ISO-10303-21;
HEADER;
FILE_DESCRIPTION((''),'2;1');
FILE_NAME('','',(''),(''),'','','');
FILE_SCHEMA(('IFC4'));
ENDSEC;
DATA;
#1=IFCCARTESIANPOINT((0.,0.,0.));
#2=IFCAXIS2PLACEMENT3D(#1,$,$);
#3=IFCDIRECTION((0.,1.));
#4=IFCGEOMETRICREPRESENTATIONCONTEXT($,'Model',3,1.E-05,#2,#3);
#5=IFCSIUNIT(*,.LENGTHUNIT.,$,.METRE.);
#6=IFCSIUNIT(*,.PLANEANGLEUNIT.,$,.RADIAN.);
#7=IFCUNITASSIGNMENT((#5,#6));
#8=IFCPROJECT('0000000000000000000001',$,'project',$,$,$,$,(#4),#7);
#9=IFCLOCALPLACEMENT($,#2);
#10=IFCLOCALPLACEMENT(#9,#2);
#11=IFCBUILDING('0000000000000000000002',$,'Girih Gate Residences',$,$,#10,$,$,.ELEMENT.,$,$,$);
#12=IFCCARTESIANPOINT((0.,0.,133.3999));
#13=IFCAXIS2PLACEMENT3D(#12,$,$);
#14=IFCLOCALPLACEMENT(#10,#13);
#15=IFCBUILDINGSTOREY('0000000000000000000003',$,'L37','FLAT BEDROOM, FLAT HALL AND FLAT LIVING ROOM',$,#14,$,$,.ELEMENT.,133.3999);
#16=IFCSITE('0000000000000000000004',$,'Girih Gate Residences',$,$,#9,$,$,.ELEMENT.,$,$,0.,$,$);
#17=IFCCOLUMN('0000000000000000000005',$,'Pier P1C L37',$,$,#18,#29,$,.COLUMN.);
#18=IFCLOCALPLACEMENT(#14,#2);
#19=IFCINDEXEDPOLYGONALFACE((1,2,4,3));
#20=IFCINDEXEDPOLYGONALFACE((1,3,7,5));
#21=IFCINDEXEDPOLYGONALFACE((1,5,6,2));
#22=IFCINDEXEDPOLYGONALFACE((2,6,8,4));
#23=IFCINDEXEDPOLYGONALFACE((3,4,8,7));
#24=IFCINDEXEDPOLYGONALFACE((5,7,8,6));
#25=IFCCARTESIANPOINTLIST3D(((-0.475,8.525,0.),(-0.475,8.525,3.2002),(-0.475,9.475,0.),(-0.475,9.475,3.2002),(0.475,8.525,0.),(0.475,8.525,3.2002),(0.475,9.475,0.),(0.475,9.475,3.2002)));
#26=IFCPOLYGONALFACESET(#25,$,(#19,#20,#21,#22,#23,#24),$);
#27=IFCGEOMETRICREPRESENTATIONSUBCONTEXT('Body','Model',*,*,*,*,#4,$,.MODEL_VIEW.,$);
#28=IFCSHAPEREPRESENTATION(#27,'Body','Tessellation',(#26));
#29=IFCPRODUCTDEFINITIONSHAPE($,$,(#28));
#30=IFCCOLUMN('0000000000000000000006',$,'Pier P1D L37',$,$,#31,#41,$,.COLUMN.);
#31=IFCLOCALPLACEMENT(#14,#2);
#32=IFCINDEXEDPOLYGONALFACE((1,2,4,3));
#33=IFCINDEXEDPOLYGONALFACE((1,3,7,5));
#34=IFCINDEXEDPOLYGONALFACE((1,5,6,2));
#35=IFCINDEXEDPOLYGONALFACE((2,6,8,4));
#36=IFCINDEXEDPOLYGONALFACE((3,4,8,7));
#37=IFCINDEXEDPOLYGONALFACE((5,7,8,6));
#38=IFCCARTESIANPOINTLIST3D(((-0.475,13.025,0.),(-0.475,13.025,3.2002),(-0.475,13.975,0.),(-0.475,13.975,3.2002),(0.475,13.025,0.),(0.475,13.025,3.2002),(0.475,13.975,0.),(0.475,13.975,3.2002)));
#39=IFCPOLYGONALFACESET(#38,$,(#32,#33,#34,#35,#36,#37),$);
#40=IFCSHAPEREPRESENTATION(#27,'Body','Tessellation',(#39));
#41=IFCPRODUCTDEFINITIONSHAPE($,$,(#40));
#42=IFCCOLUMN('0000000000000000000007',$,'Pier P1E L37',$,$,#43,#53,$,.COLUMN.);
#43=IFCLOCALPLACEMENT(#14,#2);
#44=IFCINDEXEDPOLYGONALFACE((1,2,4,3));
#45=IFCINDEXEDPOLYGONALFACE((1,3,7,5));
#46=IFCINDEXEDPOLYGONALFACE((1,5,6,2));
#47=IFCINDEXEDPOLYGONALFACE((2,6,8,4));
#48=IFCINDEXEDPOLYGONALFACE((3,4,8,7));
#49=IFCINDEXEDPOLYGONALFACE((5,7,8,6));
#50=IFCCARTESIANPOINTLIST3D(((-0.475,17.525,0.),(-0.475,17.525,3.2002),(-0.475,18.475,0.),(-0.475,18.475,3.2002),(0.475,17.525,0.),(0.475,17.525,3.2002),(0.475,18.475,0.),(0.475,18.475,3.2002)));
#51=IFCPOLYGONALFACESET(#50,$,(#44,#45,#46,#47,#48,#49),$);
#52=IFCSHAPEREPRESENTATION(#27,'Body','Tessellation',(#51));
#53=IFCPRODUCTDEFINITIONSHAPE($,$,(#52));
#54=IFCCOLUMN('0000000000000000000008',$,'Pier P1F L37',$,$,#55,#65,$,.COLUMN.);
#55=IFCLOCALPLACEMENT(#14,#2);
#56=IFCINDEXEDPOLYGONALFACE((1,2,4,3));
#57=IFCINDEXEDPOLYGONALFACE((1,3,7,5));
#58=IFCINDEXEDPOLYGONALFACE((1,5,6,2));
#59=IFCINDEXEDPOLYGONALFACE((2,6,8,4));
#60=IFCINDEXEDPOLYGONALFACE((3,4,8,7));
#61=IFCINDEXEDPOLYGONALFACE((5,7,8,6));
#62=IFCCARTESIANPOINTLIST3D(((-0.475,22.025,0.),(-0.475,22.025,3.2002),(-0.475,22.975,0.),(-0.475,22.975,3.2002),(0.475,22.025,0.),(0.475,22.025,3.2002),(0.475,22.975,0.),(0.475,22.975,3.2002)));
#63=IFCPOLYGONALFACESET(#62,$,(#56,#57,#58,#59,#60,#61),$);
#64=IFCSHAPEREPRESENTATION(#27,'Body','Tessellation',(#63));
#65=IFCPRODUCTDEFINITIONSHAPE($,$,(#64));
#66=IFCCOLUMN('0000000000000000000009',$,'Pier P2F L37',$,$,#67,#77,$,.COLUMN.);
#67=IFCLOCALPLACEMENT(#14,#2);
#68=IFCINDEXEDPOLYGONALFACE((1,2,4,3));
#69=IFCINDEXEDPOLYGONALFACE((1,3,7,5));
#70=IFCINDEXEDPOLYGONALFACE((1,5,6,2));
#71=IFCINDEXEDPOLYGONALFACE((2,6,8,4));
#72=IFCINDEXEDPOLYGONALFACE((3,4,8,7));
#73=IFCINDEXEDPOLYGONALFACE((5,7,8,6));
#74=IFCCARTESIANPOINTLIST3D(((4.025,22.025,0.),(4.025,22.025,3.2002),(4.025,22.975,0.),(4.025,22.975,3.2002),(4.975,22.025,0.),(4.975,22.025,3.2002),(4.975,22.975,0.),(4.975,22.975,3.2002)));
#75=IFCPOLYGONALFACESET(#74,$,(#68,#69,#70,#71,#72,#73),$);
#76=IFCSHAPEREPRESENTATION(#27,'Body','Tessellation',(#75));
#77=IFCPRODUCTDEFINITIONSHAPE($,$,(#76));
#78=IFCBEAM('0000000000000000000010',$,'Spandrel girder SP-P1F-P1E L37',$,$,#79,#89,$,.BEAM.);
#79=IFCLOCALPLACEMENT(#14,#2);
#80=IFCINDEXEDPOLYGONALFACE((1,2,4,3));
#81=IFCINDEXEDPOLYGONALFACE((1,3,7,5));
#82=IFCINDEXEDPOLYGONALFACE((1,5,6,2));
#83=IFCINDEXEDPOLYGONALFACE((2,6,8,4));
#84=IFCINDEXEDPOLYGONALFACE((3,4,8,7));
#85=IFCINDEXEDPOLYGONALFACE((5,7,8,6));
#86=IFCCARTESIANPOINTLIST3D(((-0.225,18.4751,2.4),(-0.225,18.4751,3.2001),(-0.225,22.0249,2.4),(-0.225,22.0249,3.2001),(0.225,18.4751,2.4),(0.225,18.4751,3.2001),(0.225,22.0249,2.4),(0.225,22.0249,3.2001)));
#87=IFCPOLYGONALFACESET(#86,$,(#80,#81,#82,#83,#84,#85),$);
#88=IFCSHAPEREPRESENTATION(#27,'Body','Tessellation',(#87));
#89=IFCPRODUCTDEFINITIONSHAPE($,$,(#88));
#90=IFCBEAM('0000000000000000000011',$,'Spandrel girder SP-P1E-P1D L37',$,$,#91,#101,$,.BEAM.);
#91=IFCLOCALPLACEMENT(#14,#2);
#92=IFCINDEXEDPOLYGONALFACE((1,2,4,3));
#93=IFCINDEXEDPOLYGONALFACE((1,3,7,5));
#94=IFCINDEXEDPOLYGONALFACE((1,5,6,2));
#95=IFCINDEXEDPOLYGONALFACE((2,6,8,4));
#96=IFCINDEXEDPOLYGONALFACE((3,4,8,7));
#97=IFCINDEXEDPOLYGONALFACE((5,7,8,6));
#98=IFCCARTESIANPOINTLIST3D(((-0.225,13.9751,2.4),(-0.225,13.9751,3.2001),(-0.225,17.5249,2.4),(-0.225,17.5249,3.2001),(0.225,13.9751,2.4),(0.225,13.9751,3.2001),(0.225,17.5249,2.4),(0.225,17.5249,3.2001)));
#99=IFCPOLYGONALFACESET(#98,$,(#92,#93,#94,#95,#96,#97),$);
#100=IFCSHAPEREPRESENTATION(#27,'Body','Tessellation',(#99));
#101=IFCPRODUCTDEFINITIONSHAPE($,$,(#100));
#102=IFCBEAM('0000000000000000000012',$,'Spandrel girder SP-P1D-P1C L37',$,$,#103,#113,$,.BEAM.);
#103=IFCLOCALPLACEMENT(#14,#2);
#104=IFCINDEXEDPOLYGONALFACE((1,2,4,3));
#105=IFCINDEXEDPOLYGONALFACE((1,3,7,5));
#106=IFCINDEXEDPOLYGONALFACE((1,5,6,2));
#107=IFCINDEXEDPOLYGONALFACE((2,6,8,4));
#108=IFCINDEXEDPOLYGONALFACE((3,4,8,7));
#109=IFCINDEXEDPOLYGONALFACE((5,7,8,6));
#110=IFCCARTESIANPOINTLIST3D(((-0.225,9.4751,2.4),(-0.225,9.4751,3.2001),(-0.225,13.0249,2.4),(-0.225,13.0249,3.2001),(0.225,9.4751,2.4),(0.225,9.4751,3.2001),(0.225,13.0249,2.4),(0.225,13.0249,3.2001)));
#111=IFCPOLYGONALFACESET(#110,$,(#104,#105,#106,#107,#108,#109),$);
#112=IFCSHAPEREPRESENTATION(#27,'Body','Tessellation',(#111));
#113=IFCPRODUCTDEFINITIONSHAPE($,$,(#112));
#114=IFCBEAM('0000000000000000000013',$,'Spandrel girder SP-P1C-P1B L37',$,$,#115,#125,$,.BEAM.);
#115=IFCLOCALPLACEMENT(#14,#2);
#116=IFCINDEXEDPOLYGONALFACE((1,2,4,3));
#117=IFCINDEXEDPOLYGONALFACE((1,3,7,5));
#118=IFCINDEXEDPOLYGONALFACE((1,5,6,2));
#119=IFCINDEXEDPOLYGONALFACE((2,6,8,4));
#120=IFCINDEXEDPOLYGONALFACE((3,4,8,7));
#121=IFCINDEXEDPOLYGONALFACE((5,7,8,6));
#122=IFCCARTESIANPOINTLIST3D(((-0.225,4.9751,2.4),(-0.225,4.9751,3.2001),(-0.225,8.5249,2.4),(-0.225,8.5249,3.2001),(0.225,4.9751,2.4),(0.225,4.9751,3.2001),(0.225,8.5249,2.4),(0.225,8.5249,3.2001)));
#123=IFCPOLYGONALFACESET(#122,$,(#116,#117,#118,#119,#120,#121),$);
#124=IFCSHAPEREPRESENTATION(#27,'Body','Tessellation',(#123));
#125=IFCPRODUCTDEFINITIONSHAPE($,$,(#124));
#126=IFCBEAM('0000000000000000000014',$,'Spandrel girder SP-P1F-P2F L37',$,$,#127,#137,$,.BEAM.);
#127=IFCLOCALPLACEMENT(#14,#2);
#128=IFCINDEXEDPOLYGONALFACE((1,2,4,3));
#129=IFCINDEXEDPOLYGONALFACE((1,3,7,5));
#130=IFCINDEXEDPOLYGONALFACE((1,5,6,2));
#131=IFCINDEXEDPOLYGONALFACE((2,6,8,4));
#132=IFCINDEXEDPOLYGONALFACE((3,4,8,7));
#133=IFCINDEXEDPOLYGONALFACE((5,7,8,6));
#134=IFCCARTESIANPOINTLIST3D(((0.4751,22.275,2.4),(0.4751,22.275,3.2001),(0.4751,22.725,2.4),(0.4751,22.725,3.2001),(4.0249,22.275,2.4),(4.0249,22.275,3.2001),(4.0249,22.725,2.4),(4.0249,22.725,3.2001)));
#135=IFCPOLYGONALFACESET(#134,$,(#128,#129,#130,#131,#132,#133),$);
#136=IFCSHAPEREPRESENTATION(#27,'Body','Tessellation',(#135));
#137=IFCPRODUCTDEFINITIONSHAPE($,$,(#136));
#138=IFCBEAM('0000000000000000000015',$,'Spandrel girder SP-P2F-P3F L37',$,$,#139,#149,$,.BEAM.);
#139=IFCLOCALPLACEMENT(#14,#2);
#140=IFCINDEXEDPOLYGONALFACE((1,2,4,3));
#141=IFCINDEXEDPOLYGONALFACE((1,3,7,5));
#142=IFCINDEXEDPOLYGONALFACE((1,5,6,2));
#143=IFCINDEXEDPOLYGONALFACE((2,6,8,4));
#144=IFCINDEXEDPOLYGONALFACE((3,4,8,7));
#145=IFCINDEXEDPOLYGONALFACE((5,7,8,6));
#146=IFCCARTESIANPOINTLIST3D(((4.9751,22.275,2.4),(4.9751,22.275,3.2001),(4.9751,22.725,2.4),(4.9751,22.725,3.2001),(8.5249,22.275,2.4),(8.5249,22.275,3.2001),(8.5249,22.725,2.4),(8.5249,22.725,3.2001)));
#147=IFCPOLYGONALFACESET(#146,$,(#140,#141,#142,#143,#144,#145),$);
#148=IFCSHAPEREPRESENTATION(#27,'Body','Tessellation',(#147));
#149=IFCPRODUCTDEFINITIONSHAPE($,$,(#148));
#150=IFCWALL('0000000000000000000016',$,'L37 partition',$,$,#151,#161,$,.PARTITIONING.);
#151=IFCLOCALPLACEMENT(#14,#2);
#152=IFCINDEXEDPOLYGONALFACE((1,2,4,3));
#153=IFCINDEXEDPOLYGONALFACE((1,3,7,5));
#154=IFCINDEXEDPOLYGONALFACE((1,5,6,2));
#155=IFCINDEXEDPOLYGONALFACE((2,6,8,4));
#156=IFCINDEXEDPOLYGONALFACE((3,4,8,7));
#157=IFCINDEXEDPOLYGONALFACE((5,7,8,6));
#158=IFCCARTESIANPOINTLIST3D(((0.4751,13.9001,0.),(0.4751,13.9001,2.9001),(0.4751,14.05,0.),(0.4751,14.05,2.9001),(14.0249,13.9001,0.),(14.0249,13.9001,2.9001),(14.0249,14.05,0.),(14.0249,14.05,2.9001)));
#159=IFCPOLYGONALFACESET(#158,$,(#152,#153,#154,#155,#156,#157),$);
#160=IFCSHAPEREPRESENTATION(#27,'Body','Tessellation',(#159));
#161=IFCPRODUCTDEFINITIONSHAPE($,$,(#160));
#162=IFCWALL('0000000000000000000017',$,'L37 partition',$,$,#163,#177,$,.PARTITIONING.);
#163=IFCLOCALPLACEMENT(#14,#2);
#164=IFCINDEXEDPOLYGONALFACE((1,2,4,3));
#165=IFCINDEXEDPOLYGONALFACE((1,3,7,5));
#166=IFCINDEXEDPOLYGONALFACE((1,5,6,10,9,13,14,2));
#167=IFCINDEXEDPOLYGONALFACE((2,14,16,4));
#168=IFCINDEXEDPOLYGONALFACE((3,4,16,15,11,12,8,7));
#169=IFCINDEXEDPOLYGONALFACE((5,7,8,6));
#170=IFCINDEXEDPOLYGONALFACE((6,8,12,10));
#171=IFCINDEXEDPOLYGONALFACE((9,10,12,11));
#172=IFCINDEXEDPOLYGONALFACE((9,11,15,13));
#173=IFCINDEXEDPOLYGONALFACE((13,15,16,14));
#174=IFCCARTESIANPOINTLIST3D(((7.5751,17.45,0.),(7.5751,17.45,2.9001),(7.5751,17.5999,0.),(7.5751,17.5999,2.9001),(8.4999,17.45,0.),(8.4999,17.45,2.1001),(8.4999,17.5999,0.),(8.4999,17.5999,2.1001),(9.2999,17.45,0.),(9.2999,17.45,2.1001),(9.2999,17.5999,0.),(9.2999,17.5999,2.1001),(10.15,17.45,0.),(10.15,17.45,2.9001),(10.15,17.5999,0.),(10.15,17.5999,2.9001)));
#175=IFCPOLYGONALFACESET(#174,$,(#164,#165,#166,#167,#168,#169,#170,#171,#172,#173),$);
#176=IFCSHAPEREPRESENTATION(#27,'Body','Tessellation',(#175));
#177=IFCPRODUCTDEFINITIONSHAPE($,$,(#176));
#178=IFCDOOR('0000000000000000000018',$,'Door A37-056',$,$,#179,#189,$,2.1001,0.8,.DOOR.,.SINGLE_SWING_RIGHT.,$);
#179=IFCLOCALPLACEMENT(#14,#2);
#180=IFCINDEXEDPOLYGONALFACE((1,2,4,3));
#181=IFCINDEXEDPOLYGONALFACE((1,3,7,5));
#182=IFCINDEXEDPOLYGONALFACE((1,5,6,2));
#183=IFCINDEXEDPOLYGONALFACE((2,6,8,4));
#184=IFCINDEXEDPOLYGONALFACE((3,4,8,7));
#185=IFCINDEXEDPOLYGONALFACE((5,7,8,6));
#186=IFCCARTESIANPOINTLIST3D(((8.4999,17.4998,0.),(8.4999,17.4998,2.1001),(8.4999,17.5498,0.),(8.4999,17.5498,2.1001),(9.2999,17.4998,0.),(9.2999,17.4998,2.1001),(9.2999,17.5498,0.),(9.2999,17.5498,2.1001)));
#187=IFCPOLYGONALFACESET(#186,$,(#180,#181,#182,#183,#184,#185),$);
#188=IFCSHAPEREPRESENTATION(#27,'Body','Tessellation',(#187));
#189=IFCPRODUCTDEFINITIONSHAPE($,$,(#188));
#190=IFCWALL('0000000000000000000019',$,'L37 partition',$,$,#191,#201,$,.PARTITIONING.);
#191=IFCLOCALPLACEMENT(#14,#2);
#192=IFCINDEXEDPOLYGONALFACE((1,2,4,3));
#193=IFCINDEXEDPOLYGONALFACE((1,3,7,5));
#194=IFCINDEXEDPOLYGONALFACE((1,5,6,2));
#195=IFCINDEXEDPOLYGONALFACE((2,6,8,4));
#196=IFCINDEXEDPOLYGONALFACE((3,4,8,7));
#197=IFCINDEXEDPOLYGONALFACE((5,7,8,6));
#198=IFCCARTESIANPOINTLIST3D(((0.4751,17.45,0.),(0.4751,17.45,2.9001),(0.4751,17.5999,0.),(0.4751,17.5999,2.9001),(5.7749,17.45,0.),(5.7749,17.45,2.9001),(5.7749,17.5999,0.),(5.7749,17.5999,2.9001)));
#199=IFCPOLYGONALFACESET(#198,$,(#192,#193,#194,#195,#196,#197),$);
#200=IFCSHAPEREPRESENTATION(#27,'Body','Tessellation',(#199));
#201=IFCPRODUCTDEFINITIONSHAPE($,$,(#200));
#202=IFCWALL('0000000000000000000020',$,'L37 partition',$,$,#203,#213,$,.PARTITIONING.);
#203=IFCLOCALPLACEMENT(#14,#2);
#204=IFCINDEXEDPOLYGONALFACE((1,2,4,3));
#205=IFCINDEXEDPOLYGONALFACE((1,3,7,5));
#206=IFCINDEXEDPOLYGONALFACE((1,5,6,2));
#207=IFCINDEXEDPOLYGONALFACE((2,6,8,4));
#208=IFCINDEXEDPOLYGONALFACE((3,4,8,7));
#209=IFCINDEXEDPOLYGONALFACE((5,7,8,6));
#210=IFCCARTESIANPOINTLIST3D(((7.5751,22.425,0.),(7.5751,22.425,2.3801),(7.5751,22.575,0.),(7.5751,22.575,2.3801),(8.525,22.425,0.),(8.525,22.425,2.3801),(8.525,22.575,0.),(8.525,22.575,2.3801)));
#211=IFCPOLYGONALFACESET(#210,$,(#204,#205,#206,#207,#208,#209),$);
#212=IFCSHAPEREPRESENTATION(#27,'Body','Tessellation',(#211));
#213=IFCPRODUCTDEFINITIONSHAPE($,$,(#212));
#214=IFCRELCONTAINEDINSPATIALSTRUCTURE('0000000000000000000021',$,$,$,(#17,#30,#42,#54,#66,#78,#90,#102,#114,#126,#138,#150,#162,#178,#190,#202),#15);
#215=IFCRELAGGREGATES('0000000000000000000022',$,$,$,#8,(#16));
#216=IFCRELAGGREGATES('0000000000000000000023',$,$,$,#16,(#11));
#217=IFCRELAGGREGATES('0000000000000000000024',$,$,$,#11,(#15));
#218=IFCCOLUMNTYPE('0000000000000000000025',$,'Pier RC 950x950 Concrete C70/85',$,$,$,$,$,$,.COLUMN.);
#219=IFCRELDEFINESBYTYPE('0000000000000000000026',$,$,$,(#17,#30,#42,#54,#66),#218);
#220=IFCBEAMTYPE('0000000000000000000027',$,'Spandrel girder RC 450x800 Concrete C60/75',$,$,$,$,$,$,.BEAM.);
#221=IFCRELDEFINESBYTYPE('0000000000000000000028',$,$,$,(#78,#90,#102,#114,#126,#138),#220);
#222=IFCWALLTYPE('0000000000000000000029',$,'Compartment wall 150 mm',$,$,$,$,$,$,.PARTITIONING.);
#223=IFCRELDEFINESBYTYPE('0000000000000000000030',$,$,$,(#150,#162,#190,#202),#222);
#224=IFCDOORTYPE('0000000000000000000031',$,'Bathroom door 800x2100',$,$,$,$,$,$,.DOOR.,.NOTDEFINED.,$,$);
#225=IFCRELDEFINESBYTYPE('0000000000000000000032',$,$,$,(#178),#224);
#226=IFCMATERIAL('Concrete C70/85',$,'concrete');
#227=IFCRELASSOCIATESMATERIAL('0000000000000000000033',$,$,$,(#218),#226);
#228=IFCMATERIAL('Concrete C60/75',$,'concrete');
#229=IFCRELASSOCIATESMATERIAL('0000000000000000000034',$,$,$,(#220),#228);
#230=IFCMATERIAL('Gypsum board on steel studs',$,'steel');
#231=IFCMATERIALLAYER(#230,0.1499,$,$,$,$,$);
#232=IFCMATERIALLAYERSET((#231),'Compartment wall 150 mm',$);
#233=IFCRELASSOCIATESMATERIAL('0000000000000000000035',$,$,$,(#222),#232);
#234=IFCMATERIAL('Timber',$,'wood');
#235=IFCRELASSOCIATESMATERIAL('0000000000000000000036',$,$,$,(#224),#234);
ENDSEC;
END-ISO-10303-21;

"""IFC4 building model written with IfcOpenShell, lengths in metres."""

from ifc_helpers import new_model, si_unit, direction, frame, frame_2d, origin, origin_2d, place, context, subcontext, project, spatial, rectangle, extrude, material, layer, layer_set, material_profile, profile_set, type_object, element, fill, save


model = new_model("IFC4")

# Units and contexts
model_context = context("Model", 3, precision=1e-05, world=origin(), true_north=direction((0.0, 1.0)))
body_context = subcontext(model_context, "Body", "Model", "MODEL_VIEW")
ifc_project = project(units=[si_unit("LENGTHUNIT", "METRE"), si_unit("PLANEANGLEUNIT", "RADIAN")], contexts=[model_context])

# Site, building, storey
site_placement = place(None, origin())
site = spatial("IfcSite", under=ifc_project, at=site_placement, Name="Girih Gate Residences", CompositionType="ELEMENT", RefElevation=0.0)
building_placement = place(site_placement, origin())
building = spatial("IfcBuilding", under=site, at=building_placement, Name="Girih Gate Residences", CompositionType="ELEMENT")
storey_placement = place(building_placement, frame((0.0, 0.0, 133.3999)))
storey = spatial("IfcBuildingStorey", under=building, at=storey_placement, Name="L37", Description="FLAT BEDROOM, FLAT HALL AND FLAT LIVING ROOM", CompositionType="ELEMENT", Elevation=133.3999)

# Columns
ifc_material_1 = material(Name="Concrete C70/85", Category="concrete")
ifc_material_profile_1 = material_profile(ifc_material_1, rectangle(XDim=0.95, YDim=0.95, at=origin_2d()))
ifc_profile_set_1 = profile_set([ifc_material_profile_1], Name="Concrete C70/85")
column_type = type_object("IfcColumnType", Name="Pier RC 950x950 Concrete C70/85", PredefinedType="COLUMN", material=ifc_profile_set_1)
for number, where, z_axis, x_axis, name in (
    (1, (0.0, 9.0, 0.0), (0.0, 0.0, 1.0), (1.0, 0.0, 0.0), "Pier P1C L37"),
    (2, (0.0, 13.5, 0.0), (0.0, 0.0, 1.0), (1.0, 0.0, 0.0), "Pier P1D L37"),
    (3, (0.0, 18.0, 0.0), (0.0, 0.0, 1.0), (1.0, 0.0, 0.0), "Pier P1E L37"),
    (4, (0.0, 22.5, 0.0), (0.0, 0.0, 1.0), (1.0, 0.0, 0.0), "Pier P1F L37"),
    (5, (4.5, 22.5, 0.0), (0.0, 0.0, 1.0), (1.0, 0.0, 0.0), "Pier P2F L37"),
):
    element("IfcColumn", number, at=place(storey_placement, frame(where, z_axis=z_axis, x_axis=x_axis)), inside=storey, type_object=column_type, Name=name, PredefinedType="COLUMN", context=body_context, shape_type="SweptSolid", body=[
        extrude(rectangle(XDim=0.95, YDim=0.95, at=origin_2d()), origin(), (0.0, 0.0, 1.0), 3.2002),
    ])

# Beams
ifc_material_2 = material(Name="Concrete C60/75", Category="concrete")
ifc_material_profile_2 = material_profile(ifc_material_2, rectangle(XDim=0.45, YDim=0.8, at=origin_2d()))
ifc_profile_set_2 = profile_set([ifc_material_profile_2], Name="Concrete C60/75")
beam_type = type_object("IfcBeamType", Name="Spandrel girder RC 450x800 Concrete C60/75", PredefinedType="BEAM", material=ifc_profile_set_2)
for number, where, z_axis, x_axis, name in (
    (6, (0.0, 22.0249, 2.8), (0.0, -1.0, 0.0), (1.0, 0.0, 0.0), "Spandrel girder SP-P1F-P1E L37"),
    (7, (0.0, 17.5249, 2.8), (0.0, -1.0, 0.0), (1.0, 0.0, 0.0), "Spandrel girder SP-P1E-P1D L37"),
    (8, (0.0, 13.0249, 2.8), (0.0, -1.0, 0.0), (1.0, 0.0, 0.0), "Spandrel girder SP-P1D-P1C L37"),
    (9, (0.0, 8.5249, 2.8), (0.0, -1.0, 0.0), (1.0, 0.0, 0.0), "Spandrel girder SP-P1C-P1B L37"),
    (10, (0.4751, 22.5, 2.8), (1.0, 0.0, 0.0), (0.0, 1.0, 0.0), "Spandrel girder SP-P1F-P2F L37"),
    (11, (4.9751, 22.5, 2.8), (1.0, 0.0, 0.0), (0.0, 1.0, 0.0), "Spandrel girder SP-P2F-P3F L37"),
):
    element("IfcBeam", number, at=place(storey_placement, frame(where, z_axis=z_axis, x_axis=x_axis)), inside=storey, type_object=beam_type, Name=name, PredefinedType="BEAM", context=body_context, shape_type="SweptSolid", body=[
        extrude(rectangle(XDim=0.45, YDim=0.8, at=origin_2d()), origin(), (0.0, 0.0, 1.0), 3.5498),
    ])

# Wall
ifc_material_3 = material(Name="Gypsum board on steel studs", Category="steel")
ifc_layer_1 = layer(ifc_material_3, 0.1499)
ifc_layer_set_1 = layer_set([ifc_layer_1], Name="Compartment wall 150 mm")
wall_type_1 = type_object("IfcWallType", Name="Compartment wall 150 mm", PredefinedType="PARTITIONING", material=ifc_layer_set_1)
wall_1_placement = place(storey_placement, frame((0.4751, 13.9751, 0.0), z_axis=(0.0, 0.0, 1.0), x_axis=(1.0, 0.0, 0.0)))
element("IfcWall", 12, at=wall_1_placement, inside=storey, type_object=wall_type_1, Name="L37 partition", PredefinedType="PARTITIONING", context=body_context, shape_type="SweptSolid", body=[
    extrude(rectangle(XDim=13.5498, YDim=0.1499, at=frame_2d((6.7749, 0.0))), origin(), (0.0, 0.0, 1.0), 2.9001),
])

# Wall, opening, door
wall_2_placement = place(storey_placement, frame((7.575, 17.5249, 0.0), z_axis=(0.0, 0.0, 1.0), x_axis=(1.0, 0.0, 0.0)))
wall_2 = element("IfcWall", 13, at=wall_2_placement, inside=storey, type_object=wall_type_1, Name="L37 partition", PredefinedType="PARTITIONING", context=body_context, shape_type="SweptSolid", body=[
    extrude(rectangle(XDim=2.575, YDim=0.1499, at=frame_2d((1.2876, 0.0))), origin(), (0.0, 0.0, 1.0), 2.9001),
])
opening_1_placement = place(wall_2_placement, frame((0.925, 0.0, 0.0)))
opening_1 = element("IfcOpeningElement", 14, at=opening_1_placement, cuts=wall_2, PredefinedType="OPENING", context=body_context, shape_type="SweptSolid", body=[
    extrude(rectangle(XDim=0.8, YDim=2.1001, at=frame_2d((0.3999, 1.05))), frame((0.0, 0.085, 0.0), z_axis=(0.0, -1.0, 0.0), x_axis=(1.0, 0.0, 0.0)), (0.0, 0.0, 1.0), 0.1699),
])
ifc_material_4 = material(Name="Timber", Category="wood")
door_type_1 = type_object("IfcDoorType", Name="Bathroom door 800x2100", OperationType="NOTDEFINED", PredefinedType="DOOR", material=ifc_material_4)
door_1_placement = place(opening_1_placement, origin())
door_1 = element("IfcDoor", 15, at=door_1_placement, inside=storey, type_object=door_type_1, Name="Door A37-056", OperationType="SINGLE_SWING_RIGHT", OverallHeight=2.1001, OverallWidth=0.8, PredefinedType="DOOR", context=body_context, shape_type="SweptSolid", body=[
    extrude(rectangle(XDim=0.8, YDim=2.1001, at=frame_2d((0.3999, 1.05))), frame((0.0, 0.0249, 0.0), z_axis=(0.0, -1.0, 0.0), x_axis=(1.0, 0.0, 0.0)), (0.0, 0.0, 1.0), 0.05),
])
fill(opening_1, door_1)

# Walls
wall_3_placement = place(storey_placement, frame((0.4751, 17.5249, 0.0), z_axis=(0.0, 0.0, 1.0), x_axis=(1.0, 0.0, 0.0)))
element("IfcWall", 16, at=wall_3_placement, inside=storey, type_object=wall_type_1, Name="L37 partition", PredefinedType="PARTITIONING", context=body_context, shape_type="SweptSolid", body=[
    extrude(rectangle(XDim=5.2998, YDim=0.1499, at=frame_2d((2.6499, 0.0))), origin(), (0.0, 0.0, 1.0), 2.9001),
])
wall_4_placement = place(storey_placement, frame((7.575, 22.5, 0.0), z_axis=(0.0, 0.0, 1.0), x_axis=(1.0, 0.0, 0.0)))
element("IfcWall", 17, at=wall_4_placement, inside=storey, type_object=wall_type_1, Name="L37 partition", PredefinedType="PARTITIONING", context=body_context, shape_type="SweptSolid", body=[
    extrude(rectangle(XDim=0.95, YDim=0.1499, at=frame_2d((0.4751, 0.0))), origin(), (0.0, 0.0, 1.0), 2.3801),
])

save(model, "model.ifc")
